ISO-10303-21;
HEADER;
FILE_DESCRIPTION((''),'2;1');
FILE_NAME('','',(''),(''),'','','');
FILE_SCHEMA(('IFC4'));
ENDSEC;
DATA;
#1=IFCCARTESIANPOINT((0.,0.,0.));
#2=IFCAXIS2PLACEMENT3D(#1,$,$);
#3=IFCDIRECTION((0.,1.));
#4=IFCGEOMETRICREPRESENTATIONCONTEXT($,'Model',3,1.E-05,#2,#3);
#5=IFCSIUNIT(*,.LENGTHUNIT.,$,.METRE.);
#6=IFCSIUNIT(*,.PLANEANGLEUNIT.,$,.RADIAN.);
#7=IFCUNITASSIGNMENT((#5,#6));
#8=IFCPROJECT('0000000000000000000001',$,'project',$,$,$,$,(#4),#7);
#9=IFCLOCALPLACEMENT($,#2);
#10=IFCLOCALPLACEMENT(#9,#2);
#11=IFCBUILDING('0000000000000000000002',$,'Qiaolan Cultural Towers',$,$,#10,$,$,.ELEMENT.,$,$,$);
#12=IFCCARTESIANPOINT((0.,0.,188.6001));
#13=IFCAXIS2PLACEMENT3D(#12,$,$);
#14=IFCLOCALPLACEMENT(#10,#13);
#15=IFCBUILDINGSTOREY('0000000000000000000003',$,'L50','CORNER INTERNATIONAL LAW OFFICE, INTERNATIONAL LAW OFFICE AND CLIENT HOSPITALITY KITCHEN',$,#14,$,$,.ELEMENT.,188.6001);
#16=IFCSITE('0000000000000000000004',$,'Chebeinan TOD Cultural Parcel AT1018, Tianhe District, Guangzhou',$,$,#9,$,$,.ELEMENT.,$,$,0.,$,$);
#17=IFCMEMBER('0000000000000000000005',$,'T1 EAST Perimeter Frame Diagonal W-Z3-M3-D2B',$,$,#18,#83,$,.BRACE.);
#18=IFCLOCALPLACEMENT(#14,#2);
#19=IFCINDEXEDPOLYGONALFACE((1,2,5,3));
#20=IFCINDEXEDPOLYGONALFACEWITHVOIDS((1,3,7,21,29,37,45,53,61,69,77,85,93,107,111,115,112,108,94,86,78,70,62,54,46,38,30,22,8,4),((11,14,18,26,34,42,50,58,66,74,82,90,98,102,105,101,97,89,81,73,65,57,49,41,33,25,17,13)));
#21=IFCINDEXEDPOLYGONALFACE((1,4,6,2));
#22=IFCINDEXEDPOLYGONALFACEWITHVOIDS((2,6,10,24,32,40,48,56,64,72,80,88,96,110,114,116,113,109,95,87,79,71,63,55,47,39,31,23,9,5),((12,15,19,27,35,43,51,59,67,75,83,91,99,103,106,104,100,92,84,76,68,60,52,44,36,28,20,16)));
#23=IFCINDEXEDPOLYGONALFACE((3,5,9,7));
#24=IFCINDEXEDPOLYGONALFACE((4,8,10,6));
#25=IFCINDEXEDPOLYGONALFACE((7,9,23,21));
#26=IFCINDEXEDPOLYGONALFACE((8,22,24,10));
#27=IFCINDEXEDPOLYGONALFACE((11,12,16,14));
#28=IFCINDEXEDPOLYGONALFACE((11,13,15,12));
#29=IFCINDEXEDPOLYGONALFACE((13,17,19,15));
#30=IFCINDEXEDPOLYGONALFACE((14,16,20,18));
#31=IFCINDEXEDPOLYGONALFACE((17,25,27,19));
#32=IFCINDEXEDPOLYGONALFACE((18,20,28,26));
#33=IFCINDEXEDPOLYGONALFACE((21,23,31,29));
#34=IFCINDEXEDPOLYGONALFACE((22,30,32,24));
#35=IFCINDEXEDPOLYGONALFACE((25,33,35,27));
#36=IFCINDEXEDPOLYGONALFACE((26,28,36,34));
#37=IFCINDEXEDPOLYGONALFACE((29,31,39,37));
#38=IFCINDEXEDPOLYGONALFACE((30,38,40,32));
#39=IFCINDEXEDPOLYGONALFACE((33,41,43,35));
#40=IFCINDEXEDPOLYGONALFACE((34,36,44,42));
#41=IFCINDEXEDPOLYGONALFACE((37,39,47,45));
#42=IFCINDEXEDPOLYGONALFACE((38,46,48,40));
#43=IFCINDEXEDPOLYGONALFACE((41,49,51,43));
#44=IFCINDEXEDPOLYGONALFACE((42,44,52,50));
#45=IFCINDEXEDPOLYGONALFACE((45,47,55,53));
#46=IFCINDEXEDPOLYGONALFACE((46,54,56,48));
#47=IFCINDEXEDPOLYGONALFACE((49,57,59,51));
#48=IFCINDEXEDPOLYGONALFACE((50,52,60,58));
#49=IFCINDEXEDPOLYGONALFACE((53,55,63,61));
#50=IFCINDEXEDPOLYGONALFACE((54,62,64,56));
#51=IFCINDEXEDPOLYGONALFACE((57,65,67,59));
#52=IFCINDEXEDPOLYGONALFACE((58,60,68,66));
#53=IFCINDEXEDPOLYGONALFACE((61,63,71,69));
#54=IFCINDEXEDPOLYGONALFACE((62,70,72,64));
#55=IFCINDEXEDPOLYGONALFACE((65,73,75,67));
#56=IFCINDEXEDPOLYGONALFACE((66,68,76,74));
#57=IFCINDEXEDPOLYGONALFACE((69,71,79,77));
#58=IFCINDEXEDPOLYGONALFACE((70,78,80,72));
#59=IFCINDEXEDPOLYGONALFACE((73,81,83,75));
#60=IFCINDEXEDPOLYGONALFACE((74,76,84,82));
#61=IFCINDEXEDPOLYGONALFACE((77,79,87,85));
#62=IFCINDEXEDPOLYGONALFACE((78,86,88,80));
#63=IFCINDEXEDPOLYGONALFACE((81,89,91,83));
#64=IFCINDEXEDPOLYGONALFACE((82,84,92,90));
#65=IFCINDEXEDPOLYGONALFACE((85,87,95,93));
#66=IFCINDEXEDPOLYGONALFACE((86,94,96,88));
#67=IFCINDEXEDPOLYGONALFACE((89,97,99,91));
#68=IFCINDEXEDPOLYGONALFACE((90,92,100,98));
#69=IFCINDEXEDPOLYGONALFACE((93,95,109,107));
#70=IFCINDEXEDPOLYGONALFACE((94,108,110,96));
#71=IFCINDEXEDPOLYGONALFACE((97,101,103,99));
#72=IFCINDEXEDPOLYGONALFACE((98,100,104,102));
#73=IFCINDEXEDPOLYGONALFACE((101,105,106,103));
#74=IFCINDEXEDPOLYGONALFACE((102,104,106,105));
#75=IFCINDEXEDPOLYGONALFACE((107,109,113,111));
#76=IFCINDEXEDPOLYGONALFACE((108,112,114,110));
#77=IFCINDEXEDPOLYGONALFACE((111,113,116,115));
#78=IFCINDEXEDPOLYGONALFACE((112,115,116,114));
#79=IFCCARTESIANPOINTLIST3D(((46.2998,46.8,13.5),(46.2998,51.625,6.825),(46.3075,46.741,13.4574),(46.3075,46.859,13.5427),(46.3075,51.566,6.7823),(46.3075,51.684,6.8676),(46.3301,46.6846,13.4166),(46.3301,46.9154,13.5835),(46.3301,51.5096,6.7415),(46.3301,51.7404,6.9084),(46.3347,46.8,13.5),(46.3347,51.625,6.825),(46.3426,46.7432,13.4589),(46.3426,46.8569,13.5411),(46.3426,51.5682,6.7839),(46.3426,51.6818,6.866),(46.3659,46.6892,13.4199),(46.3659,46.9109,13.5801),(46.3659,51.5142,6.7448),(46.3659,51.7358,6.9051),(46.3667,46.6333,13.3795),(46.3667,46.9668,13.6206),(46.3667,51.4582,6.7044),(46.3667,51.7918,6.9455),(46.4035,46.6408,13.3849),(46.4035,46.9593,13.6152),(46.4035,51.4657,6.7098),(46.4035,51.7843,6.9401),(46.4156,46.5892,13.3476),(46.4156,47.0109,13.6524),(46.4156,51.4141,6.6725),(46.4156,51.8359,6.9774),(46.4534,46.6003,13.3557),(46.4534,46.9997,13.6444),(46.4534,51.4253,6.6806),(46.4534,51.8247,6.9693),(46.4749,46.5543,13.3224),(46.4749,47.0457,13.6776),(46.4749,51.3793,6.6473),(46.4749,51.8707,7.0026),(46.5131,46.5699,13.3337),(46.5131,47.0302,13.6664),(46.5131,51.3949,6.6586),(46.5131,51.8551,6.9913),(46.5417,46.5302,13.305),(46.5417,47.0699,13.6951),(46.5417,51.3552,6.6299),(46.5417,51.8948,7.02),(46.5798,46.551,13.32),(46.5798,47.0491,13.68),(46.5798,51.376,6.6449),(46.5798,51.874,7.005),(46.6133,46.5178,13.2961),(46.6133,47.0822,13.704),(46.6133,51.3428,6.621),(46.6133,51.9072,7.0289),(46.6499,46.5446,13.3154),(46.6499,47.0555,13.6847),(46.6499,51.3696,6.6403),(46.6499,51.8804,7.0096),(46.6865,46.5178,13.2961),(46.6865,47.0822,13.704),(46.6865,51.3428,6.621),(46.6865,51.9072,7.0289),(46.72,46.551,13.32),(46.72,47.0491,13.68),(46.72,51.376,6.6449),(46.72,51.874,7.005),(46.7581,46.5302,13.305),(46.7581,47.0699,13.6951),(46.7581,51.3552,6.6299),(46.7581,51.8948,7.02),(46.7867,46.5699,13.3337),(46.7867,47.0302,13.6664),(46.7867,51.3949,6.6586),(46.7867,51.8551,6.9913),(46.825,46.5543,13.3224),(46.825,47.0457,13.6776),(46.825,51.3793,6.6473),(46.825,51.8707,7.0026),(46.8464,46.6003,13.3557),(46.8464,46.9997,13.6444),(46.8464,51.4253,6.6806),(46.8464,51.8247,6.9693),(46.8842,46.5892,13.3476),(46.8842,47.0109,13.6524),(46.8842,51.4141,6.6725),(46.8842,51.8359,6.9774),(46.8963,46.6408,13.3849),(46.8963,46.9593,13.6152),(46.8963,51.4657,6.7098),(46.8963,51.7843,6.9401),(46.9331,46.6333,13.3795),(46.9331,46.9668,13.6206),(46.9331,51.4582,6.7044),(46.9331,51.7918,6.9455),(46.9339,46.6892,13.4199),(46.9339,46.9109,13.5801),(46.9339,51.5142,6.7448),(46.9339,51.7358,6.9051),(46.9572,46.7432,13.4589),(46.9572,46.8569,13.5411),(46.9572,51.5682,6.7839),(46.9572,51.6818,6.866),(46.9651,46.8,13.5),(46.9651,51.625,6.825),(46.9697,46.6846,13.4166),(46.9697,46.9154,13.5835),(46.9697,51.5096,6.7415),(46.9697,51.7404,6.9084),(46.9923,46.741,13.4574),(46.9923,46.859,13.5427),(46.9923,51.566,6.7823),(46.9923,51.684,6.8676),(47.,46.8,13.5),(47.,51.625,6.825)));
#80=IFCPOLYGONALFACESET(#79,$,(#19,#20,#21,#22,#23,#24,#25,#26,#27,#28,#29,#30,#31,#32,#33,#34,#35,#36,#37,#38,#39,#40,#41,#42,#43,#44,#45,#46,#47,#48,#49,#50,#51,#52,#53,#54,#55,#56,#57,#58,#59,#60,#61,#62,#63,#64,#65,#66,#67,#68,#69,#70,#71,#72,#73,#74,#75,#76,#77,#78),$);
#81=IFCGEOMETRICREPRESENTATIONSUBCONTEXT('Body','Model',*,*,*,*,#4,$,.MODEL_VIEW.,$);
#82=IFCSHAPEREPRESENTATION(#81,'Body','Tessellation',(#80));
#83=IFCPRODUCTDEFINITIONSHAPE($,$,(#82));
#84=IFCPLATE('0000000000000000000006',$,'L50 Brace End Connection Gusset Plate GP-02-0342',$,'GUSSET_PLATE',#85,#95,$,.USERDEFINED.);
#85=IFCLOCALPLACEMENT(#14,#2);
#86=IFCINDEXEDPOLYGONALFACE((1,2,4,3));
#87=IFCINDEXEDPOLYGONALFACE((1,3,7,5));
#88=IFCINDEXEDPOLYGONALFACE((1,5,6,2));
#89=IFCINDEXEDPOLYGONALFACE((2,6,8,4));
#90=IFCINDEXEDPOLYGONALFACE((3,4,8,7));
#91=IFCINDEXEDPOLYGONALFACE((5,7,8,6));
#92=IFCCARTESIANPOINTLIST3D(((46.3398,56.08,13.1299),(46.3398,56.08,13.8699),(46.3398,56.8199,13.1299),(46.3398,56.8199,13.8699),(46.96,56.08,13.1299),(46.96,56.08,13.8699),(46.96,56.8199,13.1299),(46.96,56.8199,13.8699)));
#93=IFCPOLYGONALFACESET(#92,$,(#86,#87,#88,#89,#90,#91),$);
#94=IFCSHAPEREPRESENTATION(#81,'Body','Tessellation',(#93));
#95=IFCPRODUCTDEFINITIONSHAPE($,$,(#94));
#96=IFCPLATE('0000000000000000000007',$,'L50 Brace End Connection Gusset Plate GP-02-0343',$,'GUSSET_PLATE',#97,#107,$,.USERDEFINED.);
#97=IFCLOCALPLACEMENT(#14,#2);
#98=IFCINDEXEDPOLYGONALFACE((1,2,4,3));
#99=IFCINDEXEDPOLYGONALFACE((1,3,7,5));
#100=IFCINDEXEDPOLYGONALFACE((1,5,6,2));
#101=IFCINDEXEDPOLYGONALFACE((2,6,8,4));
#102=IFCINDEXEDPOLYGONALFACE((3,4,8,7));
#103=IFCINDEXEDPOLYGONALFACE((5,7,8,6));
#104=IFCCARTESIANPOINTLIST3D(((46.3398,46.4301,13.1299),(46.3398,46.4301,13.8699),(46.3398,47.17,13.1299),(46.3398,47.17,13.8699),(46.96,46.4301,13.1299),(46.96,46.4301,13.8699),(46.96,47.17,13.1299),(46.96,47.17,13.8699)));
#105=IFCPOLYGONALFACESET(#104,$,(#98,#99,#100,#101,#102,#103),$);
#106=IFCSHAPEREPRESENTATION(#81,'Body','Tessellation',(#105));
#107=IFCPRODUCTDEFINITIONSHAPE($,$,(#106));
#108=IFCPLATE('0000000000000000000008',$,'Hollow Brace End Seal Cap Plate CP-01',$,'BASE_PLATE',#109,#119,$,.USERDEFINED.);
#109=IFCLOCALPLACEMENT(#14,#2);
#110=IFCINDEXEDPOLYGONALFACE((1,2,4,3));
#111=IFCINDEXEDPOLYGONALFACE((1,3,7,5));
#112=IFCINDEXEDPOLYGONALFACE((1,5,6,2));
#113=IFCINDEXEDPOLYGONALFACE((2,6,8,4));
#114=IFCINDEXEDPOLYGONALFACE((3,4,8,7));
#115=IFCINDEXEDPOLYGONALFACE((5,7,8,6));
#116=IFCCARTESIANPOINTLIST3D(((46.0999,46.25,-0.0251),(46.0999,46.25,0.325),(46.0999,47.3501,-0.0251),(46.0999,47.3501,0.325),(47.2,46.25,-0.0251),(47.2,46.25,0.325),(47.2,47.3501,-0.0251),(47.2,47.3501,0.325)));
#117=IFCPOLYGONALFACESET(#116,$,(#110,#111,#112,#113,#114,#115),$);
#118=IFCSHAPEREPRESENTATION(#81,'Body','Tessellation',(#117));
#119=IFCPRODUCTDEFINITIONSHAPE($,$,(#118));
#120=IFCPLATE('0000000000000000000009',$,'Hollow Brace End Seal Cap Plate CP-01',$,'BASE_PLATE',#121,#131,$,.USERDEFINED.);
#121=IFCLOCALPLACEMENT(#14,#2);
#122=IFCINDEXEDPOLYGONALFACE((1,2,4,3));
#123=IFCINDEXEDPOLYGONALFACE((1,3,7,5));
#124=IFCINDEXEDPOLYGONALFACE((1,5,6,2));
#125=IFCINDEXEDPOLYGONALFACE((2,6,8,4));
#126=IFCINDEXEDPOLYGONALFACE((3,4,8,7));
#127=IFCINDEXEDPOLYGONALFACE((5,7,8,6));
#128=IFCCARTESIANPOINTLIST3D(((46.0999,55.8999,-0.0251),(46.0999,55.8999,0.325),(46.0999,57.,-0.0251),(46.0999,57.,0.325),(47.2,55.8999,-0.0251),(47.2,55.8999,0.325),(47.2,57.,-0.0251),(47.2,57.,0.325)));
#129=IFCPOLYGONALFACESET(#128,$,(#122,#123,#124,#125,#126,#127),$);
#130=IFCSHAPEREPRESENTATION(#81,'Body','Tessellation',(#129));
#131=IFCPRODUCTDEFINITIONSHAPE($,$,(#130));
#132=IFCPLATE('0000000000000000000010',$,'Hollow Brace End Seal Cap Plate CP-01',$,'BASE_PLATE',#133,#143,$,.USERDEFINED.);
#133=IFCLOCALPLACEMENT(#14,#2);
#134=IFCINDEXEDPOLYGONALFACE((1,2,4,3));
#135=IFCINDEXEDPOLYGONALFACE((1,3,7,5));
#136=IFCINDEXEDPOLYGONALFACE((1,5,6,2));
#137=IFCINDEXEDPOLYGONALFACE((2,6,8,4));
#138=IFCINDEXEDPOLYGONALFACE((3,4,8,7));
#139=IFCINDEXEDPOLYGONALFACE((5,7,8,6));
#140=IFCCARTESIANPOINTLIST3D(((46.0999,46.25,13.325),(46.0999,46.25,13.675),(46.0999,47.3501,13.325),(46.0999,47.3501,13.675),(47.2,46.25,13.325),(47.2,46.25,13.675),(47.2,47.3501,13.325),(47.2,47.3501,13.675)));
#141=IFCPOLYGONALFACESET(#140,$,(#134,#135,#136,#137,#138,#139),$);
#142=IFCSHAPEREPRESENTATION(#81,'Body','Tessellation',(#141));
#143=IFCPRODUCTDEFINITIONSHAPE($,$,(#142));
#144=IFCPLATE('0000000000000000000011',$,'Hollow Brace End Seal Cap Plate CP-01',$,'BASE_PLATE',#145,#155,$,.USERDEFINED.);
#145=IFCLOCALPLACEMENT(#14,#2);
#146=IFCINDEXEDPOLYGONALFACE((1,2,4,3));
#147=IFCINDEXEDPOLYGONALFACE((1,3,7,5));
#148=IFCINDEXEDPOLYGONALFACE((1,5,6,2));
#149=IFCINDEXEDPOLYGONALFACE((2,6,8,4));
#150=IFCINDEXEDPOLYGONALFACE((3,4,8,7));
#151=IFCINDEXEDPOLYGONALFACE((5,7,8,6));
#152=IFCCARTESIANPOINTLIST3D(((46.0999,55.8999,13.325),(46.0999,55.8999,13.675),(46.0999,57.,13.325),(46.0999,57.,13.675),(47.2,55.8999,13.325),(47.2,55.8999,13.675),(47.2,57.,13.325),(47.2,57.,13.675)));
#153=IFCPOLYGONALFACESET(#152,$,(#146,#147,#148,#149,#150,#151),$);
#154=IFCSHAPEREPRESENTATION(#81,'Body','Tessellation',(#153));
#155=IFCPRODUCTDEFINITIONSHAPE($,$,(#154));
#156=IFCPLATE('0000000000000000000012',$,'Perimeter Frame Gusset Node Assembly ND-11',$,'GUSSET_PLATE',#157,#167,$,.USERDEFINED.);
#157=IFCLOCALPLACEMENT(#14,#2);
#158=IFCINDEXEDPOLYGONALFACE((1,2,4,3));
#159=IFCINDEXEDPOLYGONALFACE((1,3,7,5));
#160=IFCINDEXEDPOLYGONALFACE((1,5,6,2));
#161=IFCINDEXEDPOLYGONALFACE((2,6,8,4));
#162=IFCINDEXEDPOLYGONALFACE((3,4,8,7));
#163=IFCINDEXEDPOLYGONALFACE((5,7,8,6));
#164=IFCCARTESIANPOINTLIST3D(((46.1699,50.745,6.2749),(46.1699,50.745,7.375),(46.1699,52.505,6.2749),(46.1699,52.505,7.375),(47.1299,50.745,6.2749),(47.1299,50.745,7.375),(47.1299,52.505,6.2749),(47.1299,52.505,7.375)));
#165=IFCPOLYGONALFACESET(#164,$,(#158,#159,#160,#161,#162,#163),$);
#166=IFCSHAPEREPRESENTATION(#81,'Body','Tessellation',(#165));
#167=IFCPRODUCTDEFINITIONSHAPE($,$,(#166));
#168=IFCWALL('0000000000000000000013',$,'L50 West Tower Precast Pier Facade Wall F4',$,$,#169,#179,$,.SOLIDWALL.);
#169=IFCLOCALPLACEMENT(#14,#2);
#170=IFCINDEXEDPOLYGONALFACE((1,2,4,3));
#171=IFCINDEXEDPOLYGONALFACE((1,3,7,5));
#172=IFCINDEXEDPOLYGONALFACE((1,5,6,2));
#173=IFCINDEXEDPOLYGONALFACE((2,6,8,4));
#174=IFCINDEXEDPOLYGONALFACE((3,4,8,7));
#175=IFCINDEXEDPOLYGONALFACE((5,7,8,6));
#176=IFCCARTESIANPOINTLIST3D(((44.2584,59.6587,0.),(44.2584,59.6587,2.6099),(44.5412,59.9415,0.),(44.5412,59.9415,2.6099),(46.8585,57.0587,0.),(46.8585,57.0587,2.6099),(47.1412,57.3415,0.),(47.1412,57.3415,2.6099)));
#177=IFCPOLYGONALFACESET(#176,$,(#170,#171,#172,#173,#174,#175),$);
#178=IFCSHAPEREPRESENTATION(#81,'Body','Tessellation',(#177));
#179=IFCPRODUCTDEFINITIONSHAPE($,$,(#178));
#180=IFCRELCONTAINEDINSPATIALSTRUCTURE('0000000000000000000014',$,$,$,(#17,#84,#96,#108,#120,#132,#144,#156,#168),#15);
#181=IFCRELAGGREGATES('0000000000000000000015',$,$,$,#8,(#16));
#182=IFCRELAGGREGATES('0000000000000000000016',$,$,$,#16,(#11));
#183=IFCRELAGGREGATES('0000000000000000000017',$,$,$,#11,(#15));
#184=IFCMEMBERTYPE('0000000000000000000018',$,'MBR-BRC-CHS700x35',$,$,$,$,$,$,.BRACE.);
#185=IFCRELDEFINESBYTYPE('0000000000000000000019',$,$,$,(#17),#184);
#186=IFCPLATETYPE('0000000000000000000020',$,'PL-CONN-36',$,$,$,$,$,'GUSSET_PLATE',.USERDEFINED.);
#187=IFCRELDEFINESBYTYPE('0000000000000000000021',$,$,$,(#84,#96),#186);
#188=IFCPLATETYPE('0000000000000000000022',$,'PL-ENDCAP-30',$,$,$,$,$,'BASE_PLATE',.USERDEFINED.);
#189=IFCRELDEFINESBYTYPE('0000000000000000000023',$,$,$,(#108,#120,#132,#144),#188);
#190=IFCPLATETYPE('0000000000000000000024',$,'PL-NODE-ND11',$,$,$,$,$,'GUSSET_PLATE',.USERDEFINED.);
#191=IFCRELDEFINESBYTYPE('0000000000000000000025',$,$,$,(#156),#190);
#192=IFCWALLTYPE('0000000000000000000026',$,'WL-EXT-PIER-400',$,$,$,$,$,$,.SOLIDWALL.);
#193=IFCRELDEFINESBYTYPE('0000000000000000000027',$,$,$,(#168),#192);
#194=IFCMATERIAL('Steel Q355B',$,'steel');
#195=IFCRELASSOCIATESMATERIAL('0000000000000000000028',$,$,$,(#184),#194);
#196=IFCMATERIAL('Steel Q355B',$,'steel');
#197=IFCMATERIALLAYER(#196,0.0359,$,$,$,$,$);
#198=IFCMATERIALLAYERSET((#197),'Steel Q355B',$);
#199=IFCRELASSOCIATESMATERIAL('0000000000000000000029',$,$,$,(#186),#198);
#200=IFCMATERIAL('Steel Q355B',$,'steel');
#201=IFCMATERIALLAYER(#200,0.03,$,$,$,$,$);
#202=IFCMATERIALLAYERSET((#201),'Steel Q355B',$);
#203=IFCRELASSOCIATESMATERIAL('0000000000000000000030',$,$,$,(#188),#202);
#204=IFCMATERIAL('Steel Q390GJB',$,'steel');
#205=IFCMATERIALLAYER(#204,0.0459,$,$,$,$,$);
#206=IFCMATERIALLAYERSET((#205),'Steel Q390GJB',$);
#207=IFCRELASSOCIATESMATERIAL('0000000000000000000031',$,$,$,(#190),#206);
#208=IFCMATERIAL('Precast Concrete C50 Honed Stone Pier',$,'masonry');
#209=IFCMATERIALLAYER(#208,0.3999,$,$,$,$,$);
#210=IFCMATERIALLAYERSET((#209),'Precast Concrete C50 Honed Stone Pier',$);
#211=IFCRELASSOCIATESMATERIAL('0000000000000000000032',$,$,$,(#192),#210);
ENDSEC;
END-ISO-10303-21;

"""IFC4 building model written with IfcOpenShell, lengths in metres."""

from ifc_helpers import new_model, si_unit, direction, frame, frame_2d, origin, origin_2d, place, context, subcontext, project, spatial, rectangle, hollow_circle, extrude, material, layer, layer_set, material_profile, profile_set, type_object, element, save


model = new_model("IFC4")

# Units and contexts
model_context = context("Model", 3, precision=1e-05, world=origin(), true_north=direction((0.0, 1.0)))
body_context = subcontext(model_context, "Body", "Model", "MODEL_VIEW")
ifc_project = project(units=[si_unit("LENGTHUNIT", "METRE"), si_unit("PLANEANGLEUNIT", "RADIAN")], contexts=[model_context])

# Site, building, storey
site_placement = place(None, origin())
site = spatial("IfcSite", under=ifc_project, at=site_placement, Name="Chebeinan TOD Cultural Parcel AT1018, Tianhe District, Guangzhou", CompositionType="ELEMENT", RefElevation=0.0)
building_placement = place(site_placement, origin())
building = spatial("IfcBuilding", under=site, at=building_placement, Name="Qiaolan Cultural Towers", CompositionType="ELEMENT")
storey_placement = place(building_placement, frame((0.0, 0.0, 188.6001)))
storey = spatial("IfcBuildingStorey", under=building, at=storey_placement, Name="L50", Description="CORNER INTERNATIONAL LAW OFFICE, INTERNATIONAL LAW OFFICE AND CLIENT HOSPITALITY KITCHEN", CompositionType="ELEMENT", Elevation=188.6001)

# Member
ifc_material_1 = material(Name="Steel Q355B", Category="steel")
ifc_material_profile_1 = material_profile(ifc_material_1, hollow_circle(Radius=0.3501, WallThickness=0.0349, at=origin_2d()), Name="CHS700x35")
ifc_profile_set_1 = profile_set([ifc_material_profile_1], Name="Steel Q355B")
member_type = type_object("IfcMemberType", Name="MBR-BRC-CHS700x35", PredefinedType="BRACE", material=ifc_profile_set_1)
for number, where, z_axis, x_axis, name in (
    (1, (46.6499, 51.625, 6.825), (0.0, -0.585816, 0.810444), (1.0, 0.0, 0.0), "T1 EAST Perimeter Frame Diagonal W-Z3-M3-D2B"),
):
    element("IfcMember", number, at=place(storey_placement, frame(where, z_axis=z_axis, x_axis=x_axis)), inside=storey, type_object=member_type, Name=name, PredefinedType="BRACE", context=body_context, shape_type="SweptSolid", body=[
        extrude(hollow_circle(Radius=0.3501, WallThickness=0.0349, at=origin_2d()), origin(), (0.0, 0.0, 1.0), 8.2363),
    ])

# Plates
ifc_material_2 = material(Name="Steel Q355B", Category="steel")
ifc_layer_1 = layer(ifc_material_2, 0.0359)
ifc_layer_set_1 = layer_set([ifc_layer_1], Name="Steel Q355B")
plate_type_1 = type_object("IfcPlateType", Name="PL-CONN-36", ElementType="GUSSET_PLATE", PredefinedType="USERDEFINED", material=ifc_layer_set_1)
for number, where, z_axis, x_axis, name in (
    (2, (46.6499, 56.45, 13.1299), (0.0, 0.0, 1.0), (0.0, 1.0, 0.0), "L50 Brace End Connection Gusset Plate GP-02-0342"),
    (3, (46.6499, 46.8, 13.1299), (0.0, 0.0, 1.0), (0.0, 1.0, 0.0), "L50 Brace End Connection Gusset Plate GP-02-0343"),
):
    element("IfcPlate", number, at=place(storey_placement, frame(where, z_axis=z_axis, x_axis=x_axis)), inside=storey, type_object=plate_type_1, Name=name, ObjectType="GUSSET_PLATE", PredefinedType="USERDEFINED", context=body_context, shape_type="SweptSolid", body=[
        extrude(rectangle(XDim=0.74, YDim=0.6201, at=origin_2d()), origin(), (0.0, 0.0, 1.0), 0.74),
    ])
ifc_material_3 = material(Name="Steel Q355B", Category="steel")
ifc_layer_2 = layer(ifc_material_3, 0.03)
ifc_layer_set_2 = layer_set([ifc_layer_2], Name="Steel Q355B")
plate_type_2 = type_object("IfcPlateType", Name="PL-ENDCAP-30", ElementType="BASE_PLATE", PredefinedType="USERDEFINED", material=ifc_layer_set_2)
for number, where, z_axis, x_axis, name in (
    (4, (46.6499, 46.8, -0.0251), (0.0, 0.0, 1.0), (0.0, 1.0, 0.0), "Hollow Brace End Seal Cap Plate CP-01"),
    (5, (46.6499, 56.45, -0.0251), (0.0, 0.0, 1.0), (0.0, 1.0, 0.0), "Hollow Brace End Seal Cap Plate CP-01"),
    (6, (46.6499, 46.8, 13.325), (0.0, 0.0, 1.0), (0.0, 1.0, 0.0), "Hollow Brace End Seal Cap Plate CP-01"),
    (7, (46.6499, 56.45, 13.325), (0.0, 0.0, 1.0), (0.0, 1.0, 0.0), "Hollow Brace End Seal Cap Plate CP-01"),
):
    element("IfcPlate", number, at=place(storey_placement, frame(where, z_axis=z_axis, x_axis=x_axis)), inside=storey, type_object=plate_type_2, Name=name, ObjectType="BASE_PLATE", PredefinedType="USERDEFINED", context=body_context, shape_type="SweptSolid", body=[
        extrude(rectangle(XDim=1.1001, YDim=1.1001, at=origin_2d()), origin(), (0.0, 0.0, 1.0), 0.3501),
    ])
ifc_material_4 = material(Name="Steel Q390GJB", Category="steel")
ifc_layer_3 = layer(ifc_material_4, 0.0459)
ifc_layer_set_3 = layer_set([ifc_layer_3], Name="Steel Q390GJB")
plate_type_3 = type_object("IfcPlateType", Name="PL-NODE-ND11", ElementType="GUSSET_PLATE", PredefinedType="USERDEFINED", material=ifc_layer_set_3)
plate_placement = place(storey_placement, frame((46.6499, 51.625, 6.2749), z_axis=(0.0, 0.0, 1.0), x_axis=(0.0, 1.0, 0.0)))
element("IfcPlate", 8, at=plate_placement, inside=storey, type_object=plate_type_3, Name="Perimeter Frame Gusset Node Assembly ND-11", ObjectType="GUSSET_PLATE", PredefinedType="USERDEFINED", context=body_context, shape_type="SweptSolid", body=[
    extrude(rectangle(XDim=1.76, YDim=0.96, at=origin_2d()), origin(), (0.0, 0.0, 1.0), 1.1001),
])

# Wall
ifc_material_5 = material(Name="Precast Concrete C50 Honed Stone Pier", Category="masonry")
ifc_layer_4 = layer(ifc_material_5, 0.3999)
ifc_layer_set_4 = layer_set([ifc_layer_4], Name="Precast Concrete C50 Honed Stone Pier")
wall_type_1 = type_object("IfcWallType", Name="WL-EXT-PIER-400", PredefinedType="SOLIDWALL", material=ifc_layer_set_4)
wall_1_placement = place(storey_placement, frame((44.3999, 59.8, 0.0), z_axis=(0.0, 0.0, 1.0), x_axis=(0.707107, -0.707107, 0.0)))
element("IfcWall", 9, at=wall_1_placement, inside=storey, type_object=wall_type_1, Name="L50 West Tower Precast Pier Facade Wall F4", PredefinedType="SOLIDWALL", context=body_context, shape_type="SweptSolid", body=[
    extrude(rectangle(XDim=3.677, YDim=0.3999, at=frame_2d((1.8384, 0.0))), origin(), (0.0, 0.0, 1.0), 2.6099),
])

save(model, "model.ifc")
